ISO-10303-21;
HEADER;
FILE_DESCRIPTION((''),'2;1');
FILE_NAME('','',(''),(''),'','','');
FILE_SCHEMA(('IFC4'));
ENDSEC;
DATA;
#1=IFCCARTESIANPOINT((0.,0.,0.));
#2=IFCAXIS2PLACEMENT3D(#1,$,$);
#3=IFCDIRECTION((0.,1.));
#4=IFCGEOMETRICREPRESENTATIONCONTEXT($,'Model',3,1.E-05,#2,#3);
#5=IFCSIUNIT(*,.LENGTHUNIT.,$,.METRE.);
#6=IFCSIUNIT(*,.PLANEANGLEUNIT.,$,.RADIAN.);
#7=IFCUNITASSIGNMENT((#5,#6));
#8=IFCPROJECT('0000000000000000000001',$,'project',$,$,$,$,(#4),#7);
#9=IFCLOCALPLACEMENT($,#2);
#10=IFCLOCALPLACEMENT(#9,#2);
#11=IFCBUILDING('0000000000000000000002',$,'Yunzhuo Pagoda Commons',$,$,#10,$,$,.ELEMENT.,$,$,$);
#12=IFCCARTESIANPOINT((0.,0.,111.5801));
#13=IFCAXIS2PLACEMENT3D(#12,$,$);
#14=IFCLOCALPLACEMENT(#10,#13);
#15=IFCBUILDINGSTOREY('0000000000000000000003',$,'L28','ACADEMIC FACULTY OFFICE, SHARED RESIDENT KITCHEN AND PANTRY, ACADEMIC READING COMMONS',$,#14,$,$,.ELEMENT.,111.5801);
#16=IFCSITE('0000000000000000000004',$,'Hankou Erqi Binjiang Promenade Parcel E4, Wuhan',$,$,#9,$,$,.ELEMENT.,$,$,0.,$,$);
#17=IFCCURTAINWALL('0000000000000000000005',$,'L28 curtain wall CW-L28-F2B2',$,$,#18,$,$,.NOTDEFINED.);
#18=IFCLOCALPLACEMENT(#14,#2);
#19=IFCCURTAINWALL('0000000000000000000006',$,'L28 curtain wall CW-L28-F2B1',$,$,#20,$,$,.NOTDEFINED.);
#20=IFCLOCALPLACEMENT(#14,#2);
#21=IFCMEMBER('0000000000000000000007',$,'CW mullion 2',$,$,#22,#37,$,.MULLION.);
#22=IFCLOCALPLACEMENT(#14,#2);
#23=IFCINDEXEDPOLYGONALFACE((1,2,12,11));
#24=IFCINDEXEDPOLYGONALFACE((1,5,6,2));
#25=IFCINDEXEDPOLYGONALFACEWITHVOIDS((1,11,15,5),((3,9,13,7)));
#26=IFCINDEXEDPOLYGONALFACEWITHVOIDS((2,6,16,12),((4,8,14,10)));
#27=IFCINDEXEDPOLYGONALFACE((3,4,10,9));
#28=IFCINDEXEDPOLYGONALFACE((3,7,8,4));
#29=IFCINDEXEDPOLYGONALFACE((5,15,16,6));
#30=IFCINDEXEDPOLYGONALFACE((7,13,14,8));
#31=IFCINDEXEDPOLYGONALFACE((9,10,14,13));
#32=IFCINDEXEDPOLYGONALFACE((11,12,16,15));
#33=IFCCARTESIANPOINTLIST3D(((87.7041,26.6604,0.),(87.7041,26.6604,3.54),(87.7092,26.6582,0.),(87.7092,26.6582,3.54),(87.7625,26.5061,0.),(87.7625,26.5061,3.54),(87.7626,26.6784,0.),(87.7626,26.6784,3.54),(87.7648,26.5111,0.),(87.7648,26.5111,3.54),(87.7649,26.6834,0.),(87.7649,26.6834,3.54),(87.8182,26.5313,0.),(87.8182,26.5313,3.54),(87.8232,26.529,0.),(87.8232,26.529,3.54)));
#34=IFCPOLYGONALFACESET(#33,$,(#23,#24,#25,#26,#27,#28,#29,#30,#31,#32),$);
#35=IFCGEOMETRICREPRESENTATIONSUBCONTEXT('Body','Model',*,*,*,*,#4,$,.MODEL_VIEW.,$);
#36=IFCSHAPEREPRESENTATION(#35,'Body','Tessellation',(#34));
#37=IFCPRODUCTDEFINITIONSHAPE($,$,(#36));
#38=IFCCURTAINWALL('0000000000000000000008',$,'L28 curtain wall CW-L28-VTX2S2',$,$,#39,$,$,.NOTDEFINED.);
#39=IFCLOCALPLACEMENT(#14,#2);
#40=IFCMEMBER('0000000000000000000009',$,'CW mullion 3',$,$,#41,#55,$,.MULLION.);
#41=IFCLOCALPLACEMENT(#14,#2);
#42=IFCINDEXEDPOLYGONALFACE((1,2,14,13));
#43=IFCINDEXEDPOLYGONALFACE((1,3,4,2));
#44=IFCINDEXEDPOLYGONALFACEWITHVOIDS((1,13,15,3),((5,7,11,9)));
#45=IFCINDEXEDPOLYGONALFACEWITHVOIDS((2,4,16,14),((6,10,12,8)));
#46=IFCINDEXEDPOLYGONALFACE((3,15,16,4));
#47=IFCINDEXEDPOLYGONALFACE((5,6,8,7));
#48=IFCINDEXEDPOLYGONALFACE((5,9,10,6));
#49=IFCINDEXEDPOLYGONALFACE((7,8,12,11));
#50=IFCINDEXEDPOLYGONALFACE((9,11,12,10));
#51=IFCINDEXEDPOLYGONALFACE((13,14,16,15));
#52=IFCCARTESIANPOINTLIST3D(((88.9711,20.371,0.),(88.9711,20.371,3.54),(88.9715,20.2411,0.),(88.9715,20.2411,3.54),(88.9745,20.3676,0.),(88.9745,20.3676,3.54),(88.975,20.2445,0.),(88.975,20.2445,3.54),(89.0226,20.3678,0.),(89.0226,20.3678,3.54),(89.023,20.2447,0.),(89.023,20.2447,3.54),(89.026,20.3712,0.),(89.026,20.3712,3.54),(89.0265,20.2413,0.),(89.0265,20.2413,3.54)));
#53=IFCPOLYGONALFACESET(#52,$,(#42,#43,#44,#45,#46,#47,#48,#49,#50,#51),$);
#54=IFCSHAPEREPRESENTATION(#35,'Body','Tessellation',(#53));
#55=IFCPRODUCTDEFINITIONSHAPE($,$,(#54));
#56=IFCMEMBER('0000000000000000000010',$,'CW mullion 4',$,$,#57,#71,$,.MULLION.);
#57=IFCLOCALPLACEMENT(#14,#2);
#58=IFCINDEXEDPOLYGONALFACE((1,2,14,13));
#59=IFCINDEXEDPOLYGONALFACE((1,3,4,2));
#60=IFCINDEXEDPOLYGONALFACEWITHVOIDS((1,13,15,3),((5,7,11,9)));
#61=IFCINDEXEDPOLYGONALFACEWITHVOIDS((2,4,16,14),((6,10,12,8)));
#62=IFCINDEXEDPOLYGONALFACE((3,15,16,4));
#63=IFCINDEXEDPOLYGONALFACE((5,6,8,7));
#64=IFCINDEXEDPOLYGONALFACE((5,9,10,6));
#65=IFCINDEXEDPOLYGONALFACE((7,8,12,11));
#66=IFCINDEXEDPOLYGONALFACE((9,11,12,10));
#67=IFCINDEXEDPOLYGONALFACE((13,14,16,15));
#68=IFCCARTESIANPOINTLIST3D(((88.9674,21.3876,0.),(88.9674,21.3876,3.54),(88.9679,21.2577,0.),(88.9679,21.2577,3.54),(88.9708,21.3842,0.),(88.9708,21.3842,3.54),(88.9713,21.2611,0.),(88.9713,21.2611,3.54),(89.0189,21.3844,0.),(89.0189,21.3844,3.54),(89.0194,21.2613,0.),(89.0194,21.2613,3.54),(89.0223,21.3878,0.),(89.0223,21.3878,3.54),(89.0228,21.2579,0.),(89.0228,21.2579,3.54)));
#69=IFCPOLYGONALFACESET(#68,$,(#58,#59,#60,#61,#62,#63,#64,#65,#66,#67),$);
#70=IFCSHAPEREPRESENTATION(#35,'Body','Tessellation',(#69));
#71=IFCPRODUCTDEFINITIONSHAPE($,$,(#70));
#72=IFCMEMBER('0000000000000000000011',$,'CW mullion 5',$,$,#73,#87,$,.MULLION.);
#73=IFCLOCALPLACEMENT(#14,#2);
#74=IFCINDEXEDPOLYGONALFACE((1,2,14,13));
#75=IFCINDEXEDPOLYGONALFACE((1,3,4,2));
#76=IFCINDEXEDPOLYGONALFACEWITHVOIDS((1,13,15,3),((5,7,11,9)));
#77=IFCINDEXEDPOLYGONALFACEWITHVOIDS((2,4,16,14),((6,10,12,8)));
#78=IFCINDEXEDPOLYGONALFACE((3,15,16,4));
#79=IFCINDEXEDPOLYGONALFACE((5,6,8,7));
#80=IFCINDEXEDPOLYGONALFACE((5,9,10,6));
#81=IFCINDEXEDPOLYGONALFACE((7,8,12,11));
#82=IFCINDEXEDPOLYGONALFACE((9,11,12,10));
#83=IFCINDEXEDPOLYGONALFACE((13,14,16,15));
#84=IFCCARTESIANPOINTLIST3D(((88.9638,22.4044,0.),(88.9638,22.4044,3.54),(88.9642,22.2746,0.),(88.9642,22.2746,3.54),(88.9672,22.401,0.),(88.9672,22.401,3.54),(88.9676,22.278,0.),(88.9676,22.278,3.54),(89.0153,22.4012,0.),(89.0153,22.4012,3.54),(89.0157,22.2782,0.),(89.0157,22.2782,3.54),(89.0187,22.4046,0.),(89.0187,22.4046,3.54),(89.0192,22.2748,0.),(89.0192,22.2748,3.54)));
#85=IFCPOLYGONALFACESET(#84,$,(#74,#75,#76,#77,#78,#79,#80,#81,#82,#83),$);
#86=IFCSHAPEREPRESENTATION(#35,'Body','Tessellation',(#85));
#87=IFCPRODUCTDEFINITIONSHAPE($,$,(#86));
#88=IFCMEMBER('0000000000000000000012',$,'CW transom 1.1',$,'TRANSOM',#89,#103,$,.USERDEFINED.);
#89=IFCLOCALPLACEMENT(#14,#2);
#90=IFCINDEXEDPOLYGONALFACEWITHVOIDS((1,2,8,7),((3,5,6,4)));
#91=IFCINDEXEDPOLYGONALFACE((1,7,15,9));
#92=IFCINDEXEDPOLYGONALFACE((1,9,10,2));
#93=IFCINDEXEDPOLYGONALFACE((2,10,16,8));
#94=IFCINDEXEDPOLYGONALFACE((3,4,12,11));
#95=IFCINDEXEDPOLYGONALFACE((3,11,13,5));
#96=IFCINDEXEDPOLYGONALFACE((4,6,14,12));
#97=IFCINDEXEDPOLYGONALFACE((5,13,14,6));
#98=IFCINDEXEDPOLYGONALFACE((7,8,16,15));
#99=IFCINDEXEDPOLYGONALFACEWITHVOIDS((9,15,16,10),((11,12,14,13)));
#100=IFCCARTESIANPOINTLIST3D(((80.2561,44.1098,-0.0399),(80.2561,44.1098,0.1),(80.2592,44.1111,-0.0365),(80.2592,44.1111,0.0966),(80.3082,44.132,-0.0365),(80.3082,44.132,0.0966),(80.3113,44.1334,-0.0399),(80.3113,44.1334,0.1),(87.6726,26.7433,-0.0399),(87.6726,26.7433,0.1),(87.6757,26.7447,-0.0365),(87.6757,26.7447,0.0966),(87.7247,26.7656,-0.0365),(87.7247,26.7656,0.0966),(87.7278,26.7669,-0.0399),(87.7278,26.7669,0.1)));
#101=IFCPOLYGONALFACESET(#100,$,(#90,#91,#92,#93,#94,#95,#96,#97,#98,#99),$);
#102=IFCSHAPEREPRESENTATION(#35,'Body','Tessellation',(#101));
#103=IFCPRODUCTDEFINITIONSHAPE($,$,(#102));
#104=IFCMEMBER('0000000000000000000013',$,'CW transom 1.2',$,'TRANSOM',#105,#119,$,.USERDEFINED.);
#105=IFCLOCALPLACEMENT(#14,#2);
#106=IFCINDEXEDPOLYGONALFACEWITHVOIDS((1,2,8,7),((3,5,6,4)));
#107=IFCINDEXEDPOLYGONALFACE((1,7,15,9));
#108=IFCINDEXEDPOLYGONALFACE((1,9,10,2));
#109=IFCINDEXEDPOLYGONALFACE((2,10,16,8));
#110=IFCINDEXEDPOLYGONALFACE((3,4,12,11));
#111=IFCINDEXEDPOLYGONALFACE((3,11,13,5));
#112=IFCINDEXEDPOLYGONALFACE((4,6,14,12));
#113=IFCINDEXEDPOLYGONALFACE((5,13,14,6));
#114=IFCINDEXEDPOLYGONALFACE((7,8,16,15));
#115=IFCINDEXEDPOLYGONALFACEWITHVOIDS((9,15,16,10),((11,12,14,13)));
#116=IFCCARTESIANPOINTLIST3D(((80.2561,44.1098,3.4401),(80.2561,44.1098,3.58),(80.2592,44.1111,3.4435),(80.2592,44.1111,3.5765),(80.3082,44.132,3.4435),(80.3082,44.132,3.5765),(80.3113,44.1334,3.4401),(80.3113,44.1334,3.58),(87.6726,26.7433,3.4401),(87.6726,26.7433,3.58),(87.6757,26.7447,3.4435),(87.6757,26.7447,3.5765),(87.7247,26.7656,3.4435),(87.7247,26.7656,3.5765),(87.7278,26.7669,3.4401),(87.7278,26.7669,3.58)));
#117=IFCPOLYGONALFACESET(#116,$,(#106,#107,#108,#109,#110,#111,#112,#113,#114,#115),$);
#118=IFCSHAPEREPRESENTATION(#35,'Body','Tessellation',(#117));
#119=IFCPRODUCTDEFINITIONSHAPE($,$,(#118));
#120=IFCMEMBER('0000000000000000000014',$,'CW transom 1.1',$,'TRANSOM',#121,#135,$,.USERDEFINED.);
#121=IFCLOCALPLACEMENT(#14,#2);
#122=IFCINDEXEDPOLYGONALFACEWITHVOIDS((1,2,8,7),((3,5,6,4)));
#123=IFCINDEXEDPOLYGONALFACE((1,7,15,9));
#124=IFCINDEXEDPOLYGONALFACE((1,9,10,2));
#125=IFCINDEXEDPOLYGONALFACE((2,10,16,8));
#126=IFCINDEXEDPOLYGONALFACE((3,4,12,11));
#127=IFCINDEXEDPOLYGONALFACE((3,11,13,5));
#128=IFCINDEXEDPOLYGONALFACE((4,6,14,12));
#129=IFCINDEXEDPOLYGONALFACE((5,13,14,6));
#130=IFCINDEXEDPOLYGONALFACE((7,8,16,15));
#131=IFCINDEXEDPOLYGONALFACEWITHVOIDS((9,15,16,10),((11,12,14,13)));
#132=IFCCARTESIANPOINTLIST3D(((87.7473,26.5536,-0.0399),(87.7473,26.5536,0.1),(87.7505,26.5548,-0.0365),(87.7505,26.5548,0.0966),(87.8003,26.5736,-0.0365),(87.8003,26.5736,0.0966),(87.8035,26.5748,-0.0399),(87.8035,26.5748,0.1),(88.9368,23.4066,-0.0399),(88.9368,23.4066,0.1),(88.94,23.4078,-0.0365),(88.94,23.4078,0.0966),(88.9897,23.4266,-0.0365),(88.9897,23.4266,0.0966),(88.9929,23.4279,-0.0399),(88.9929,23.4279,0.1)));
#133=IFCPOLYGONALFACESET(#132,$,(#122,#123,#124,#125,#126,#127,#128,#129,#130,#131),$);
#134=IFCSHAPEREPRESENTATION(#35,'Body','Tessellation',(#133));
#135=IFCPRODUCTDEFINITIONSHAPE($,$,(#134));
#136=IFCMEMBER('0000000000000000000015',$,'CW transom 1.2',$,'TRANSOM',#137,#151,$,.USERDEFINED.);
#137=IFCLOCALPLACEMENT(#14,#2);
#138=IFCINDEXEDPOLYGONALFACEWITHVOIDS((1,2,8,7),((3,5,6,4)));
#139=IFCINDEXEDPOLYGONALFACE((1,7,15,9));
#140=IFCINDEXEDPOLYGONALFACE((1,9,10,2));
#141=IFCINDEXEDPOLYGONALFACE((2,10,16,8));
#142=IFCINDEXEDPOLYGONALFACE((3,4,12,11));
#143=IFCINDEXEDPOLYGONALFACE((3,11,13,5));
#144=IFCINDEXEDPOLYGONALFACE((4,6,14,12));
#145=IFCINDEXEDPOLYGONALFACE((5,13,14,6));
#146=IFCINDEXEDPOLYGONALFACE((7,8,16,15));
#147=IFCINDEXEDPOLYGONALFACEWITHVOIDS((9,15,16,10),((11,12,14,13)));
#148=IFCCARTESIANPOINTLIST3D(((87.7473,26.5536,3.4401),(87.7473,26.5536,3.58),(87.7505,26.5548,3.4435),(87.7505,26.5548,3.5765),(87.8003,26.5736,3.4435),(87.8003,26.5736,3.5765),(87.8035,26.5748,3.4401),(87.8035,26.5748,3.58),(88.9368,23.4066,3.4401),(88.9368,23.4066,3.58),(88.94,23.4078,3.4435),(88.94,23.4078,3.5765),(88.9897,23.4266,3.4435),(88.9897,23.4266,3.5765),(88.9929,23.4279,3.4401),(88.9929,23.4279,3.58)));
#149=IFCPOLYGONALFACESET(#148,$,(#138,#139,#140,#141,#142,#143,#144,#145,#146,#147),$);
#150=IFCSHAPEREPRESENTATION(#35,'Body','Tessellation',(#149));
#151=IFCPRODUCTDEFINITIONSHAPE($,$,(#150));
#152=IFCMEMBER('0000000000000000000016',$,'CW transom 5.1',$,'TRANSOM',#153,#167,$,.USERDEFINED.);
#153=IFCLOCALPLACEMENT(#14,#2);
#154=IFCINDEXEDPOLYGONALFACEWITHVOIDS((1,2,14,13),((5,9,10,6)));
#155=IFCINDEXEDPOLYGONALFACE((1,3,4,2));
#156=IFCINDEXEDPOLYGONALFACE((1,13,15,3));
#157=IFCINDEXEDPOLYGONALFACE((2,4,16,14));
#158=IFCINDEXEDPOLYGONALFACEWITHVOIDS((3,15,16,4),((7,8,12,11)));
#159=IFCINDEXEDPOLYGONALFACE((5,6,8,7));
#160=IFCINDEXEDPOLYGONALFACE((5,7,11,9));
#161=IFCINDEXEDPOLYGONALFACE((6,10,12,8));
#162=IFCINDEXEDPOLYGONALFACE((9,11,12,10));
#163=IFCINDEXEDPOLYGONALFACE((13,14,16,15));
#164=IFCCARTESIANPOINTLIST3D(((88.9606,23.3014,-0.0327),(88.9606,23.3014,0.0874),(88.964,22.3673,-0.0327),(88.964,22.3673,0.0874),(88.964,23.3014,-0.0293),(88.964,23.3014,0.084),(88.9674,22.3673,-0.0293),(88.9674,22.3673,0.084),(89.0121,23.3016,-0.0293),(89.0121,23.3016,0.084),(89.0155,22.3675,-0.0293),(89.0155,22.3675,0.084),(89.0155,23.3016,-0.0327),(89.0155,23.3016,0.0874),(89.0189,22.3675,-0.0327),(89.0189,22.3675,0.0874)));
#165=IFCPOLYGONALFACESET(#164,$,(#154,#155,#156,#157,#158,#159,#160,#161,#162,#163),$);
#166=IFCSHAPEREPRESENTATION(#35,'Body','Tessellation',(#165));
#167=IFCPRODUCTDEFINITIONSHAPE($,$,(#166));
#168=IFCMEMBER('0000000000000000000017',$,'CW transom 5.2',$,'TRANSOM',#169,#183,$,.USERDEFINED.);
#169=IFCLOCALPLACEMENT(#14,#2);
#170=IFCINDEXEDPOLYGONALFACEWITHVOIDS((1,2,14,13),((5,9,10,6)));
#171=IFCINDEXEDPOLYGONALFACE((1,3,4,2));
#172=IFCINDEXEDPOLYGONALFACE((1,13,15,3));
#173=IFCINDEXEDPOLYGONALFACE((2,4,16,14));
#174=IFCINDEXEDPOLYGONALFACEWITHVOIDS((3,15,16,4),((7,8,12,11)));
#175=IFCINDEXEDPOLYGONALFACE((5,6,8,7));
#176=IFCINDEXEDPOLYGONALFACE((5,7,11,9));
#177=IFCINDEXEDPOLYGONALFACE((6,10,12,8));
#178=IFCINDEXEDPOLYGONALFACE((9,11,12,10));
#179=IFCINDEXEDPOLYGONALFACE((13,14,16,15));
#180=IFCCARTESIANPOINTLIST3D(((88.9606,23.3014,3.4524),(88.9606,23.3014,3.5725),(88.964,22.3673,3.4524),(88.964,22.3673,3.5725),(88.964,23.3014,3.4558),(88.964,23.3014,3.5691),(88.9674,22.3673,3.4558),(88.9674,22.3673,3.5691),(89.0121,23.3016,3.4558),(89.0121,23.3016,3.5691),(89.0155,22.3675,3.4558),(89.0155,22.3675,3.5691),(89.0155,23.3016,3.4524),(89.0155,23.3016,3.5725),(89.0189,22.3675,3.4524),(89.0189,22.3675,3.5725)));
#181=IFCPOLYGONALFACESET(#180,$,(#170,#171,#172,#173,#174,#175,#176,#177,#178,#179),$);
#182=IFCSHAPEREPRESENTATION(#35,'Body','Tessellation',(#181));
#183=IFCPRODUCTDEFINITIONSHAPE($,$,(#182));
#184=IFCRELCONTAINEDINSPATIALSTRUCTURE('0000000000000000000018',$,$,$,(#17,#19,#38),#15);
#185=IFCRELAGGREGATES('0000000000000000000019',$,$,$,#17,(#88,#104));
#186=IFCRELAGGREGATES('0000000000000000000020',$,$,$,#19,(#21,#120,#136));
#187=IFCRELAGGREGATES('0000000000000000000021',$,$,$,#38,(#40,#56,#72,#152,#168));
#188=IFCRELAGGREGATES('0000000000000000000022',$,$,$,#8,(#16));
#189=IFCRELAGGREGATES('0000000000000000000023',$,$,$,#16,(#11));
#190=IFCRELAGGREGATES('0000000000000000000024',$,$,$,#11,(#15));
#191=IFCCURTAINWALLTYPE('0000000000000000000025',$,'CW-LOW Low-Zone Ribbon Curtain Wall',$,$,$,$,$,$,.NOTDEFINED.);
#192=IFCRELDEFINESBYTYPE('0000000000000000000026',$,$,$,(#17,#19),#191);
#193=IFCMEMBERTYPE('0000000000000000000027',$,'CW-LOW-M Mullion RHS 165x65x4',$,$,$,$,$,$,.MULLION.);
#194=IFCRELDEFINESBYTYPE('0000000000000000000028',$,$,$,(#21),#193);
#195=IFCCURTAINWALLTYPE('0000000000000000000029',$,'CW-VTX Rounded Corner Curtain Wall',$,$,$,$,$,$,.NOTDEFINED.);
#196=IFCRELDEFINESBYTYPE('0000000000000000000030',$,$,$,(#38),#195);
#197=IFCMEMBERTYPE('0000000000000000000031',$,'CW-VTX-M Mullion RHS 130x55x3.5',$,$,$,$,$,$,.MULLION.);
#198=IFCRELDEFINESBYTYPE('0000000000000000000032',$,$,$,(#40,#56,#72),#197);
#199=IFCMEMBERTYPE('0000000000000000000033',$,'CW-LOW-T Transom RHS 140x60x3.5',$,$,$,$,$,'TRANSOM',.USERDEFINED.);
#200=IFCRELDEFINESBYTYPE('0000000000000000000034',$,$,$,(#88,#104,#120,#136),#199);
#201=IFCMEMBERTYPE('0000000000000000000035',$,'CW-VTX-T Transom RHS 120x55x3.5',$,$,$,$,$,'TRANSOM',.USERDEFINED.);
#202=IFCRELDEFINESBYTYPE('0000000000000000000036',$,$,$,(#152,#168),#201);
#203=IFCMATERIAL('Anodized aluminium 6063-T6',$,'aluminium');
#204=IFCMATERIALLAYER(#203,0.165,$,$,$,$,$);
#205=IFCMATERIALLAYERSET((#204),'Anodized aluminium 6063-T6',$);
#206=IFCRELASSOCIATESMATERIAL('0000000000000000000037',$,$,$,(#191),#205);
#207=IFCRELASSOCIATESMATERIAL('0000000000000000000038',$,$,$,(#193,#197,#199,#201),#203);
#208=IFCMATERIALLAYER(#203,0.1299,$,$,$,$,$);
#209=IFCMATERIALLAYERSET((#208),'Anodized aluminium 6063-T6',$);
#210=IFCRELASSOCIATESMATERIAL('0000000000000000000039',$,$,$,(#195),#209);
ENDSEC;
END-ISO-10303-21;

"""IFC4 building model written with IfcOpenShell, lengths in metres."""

from ifc_helpers import new_model, si_unit, direction, frame, origin, origin_2d, place, context, subcontext, project, spatial, hollow_rectangle, extrude, source, transform, mapped, material, layer, layer_set, material_profile, profile_set, type_object, element, aggregate, save


model = new_model("IFC4")

# Units and contexts
model_context = context("Model", 3, precision=1e-05, world=origin(), true_north=direction((0.0, 1.0)))
body_context = subcontext(model_context, "Body", "Model", "MODEL_VIEW")
ifc_project = project(units=[si_unit("LENGTHUNIT", "METRE"), si_unit("PLANEANGLEUNIT", "RADIAN")], contexts=[model_context])

# Site, building, storey
site_placement = place(None, origin())
site = spatial("IfcSite", under=ifc_project, at=site_placement, Name="Hankou Erqi Binjiang Promenade Parcel E4, Wuhan", CompositionType="ELEMENT", RefElevation=0.0)
building_placement = place(site_placement, origin())
building = spatial("IfcBuilding", under=site, at=building_placement, Name="Yunzhuo Pagoda Commons", CompositionType="ELEMENT")
storey_placement = place(building_placement, frame((0.0, 0.0, 111.5801)))
storey = spatial("IfcBuildingStorey", under=building, at=storey_placement, Name="L28", Description="ACADEMIC FACULTY OFFICE, SHARED RESIDENT KITCHEN AND PANTRY, ACADEMIC READING COMMONS", CompositionType="ELEMENT", Elevation=111.5801)

# Curtain wall
ifc_material_1 = material(Name="Anodized aluminium 6063-T6", Category="aluminium")
ifc_layer_1 = layer(ifc_material_1, 0.165)
ifc_layer_set_1 = layer_set([ifc_layer_1], Name="Anodized aluminium 6063-T6")
curtain_wall_type_1 = type_object("IfcCurtainWallType", Name="CW-LOW Low-Zone Ribbon Curtain Wall", PredefinedType="NOTDEFINED", material=ifc_layer_set_1)
curtain_wall_1_placement = place(storey_placement, origin())
curtain_wall_1 = element("IfcCurtainWall", 1, at=curtain_wall_1_placement, inside=storey, type_object=curtain_wall_type_1, Name="L28 curtain wall CW-L28-F2B2", PredefinedType="NOTDEFINED")
ifc_material_profile_1 = material_profile(ifc_material_1, hollow_rectangle(XDim=0.0649, YDim=0.165, WallThickness=0.0039, at=origin_2d()), Name="Anodized aluminium 6063-T6")
ifc_profile_set_1 = profile_set([ifc_material_profile_1], Name="Anodized aluminium 6063-T6")
member_type_1 = type_object("IfcMemberType", Name="CW-LOW-M Mullion RHS 165x65x4", PredefinedType="MULLION", material=ifc_profile_set_1)
shared_shape_1 = source(origin(), body_context, "Body", "SweptSolid", [
    extrude(hollow_rectangle(XDim=0.0649, YDim=0.165, WallThickness=0.0039, at=origin_2d()), origin(), (0.0, 0.0, 1.0), 3.54),
])

# Curtain walls, members
curtain_wall_2_placement = place(storey_placement, origin())
curtain_wall_2 = element("IfcCurtainWall", 2, at=curtain_wall_2_placement, inside=storey, type_object=curtain_wall_type_1, Name="L28 curtain wall CW-L28-F2B1", PredefinedType="NOTDEFINED")
member_1_placement = place(storey_placement, frame((87.7637, 26.5947, 0.0), z_axis=(0.0, 0.0, 1.0), x_axis=(-0.935397, -0.3536, 0.0)))
member_1 = element("IfcMember", 3, at=member_1_placement, type_object=member_type_1, Name="CW mullion 2", PredefinedType="MULLION", context=body_context, shape_type="MappedRepresentation", body=[
    mapped(shared_shape_1, transform((0.0, 0.0, 0.0), scale=1.0)),
])
ifc_layer_2 = layer(ifc_material_1, 0.1299)
ifc_layer_set_2 = layer_set([ifc_layer_2], Name="Anodized aluminium 6063-T6")
curtain_wall_type_2 = type_object("IfcCurtainWallType", Name="CW-VTX Rounded Corner Curtain Wall", PredefinedType="NOTDEFINED", material=ifc_layer_set_2)
curtain_wall_3_placement = place(storey_placement, origin())
curtain_wall_3 = element("IfcCurtainWall", 4, at=curtain_wall_3_placement, inside=storey, type_object=curtain_wall_type_2, Name="L28 curtain wall CW-L28-VTX2S2", PredefinedType="NOTDEFINED")
ifc_material_profile_2 = material_profile(ifc_material_1, hollow_rectangle(XDim=0.0549, YDim=0.1299, WallThickness=0.0034, at=origin_2d()), Name="Anodized aluminium 6063-T6")
ifc_profile_set_2 = profile_set([ifc_material_profile_2], Name="Anodized aluminium 6063-T6")
member_type_2 = type_object("IfcMemberType", Name="CW-VTX-M Mullion RHS 130x55x3.5", PredefinedType="MULLION", material=ifc_profile_set_2)
shared_shape_2 = source(origin(), body_context, "Body", "SweptSolid", [
    extrude(hollow_rectangle(XDim=0.0549, YDim=0.1299, WallThickness=0.0034, at=origin_2d()), origin(), (0.0, 0.0, 1.0), 3.54),
])
member_2_placement = place(storey_placement, frame((88.9988, 20.3062, 0.0), z_axis=(0.0, 0.0, 1.0), x_axis=(-0.999994, -0.003599, 0.0)))
member_2 = element("IfcMember", 5, at=member_2_placement, type_object=member_type_2, Name="CW mullion 3", PredefinedType="MULLION", context=body_context, shape_type="MappedRepresentation", body=[
    mapped(shared_shape_2, transform((0.0, 0.0, 0.0), scale=1.0)),
])
member_3_placement = place(storey_placement, frame((88.9951, 21.3228, 0.0), z_axis=(0.0, 0.0, 1.0), x_axis=(-0.999994, -0.003599, 0.0)))
member_3 = element("IfcMember", 6, at=member_3_placement, type_object=member_type_2, Name="CW mullion 4", PredefinedType="MULLION", context=body_context, shape_type="MappedRepresentation", body=[
    mapped(shared_shape_2, transform((0.0, 0.0, 0.0), scale=1.0)),
])
member_4_placement = place(storey_placement, frame((88.9915, 22.3396, 0.0), z_axis=(0.0, 0.0, 1.0), x_axis=(-0.999994, -0.003599, 0.0)))
member_4 = element("IfcMember", 7, at=member_4_placement, type_object=member_type_2, Name="CW mullion 5", PredefinedType="MULLION", context=body_context, shape_type="MappedRepresentation", body=[
    mapped(shared_shape_2, transform((0.0, 0.0, 0.0), scale=1.0)),
])

# Members
ifc_material_profile_3 = material_profile(ifc_material_1, hollow_rectangle(XDim=0.0601, YDim=0.1399, WallThickness=0.0034, at=origin_2d()), Name="Anodized aluminium 6063-T6")
ifc_profile_set_3 = profile_set([ifc_material_profile_3], Name="Anodized aluminium 6063-T6")
member_type_3 = type_object("IfcMemberType", Name="CW-LOW-T Transom RHS 140x60x3.5", ElementType="TRANSOM", PredefinedType="USERDEFINED", material=ifc_profile_set_3)
shared_shape_3 = source(origin(), body_context, "Body", "SweptSolid", [
    extrude(hollow_rectangle(XDim=0.0601, YDim=0.1399, WallThickness=0.0034, at=origin_2d()), origin(), (0.0, 0.0, 1.0), 18.8838),
])
member_5_placement = place(storey_placement, frame((87.7002, 26.7551, 0.03), z_axis=(-0.392744, 0.919648, 0.0), x_axis=(-0.919648, -0.392744, 0.0)))
member_5 = element("IfcMember", 8, at=member_5_placement, type_object=member_type_3, Name="CW transom 1.1", ObjectType="TRANSOM", PredefinedType="USERDEFINED", context=body_context, shape_type="MappedRepresentation", body=[
    mapped(shared_shape_3, transform((0.0, 0.0, 0.0), scale=1.0)),
])
member_6_placement = place(storey_placement, frame((87.7002, 26.7551, 3.51), z_axis=(-0.392744, 0.919648, 0.0), x_axis=(-0.919648, -0.392744, 0.0)))
member_6 = element("IfcMember", 9, at=member_6_placement, type_object=member_type_3, Name="CW transom 1.2", ObjectType="TRANSOM", PredefinedType="USERDEFINED", context=body_context, shape_type="MappedRepresentation", body=[
    mapped(shared_shape_3, transform((0.0, 0.0, 0.0), scale=1.0)),
])
shared_shape_4 = source(origin(), body_context, "Body", "SweptSolid", [
    extrude(hollow_rectangle(XDim=0.0601, YDim=0.1399, WallThickness=0.0034, at=origin_2d()), origin(), (0.0, 0.0, 1.0), 3.3643),
])
member_7_placement = place(storey_placement, frame((88.9648, 23.4172, 0.03), z_axis=(-0.353556, 0.935413, 0.0), x_axis=(-0.935413, -0.353556, 0.0)))
member_7 = element("IfcMember", 10, at=member_7_placement, type_object=member_type_3, Name="CW transom 1.1", ObjectType="TRANSOM", PredefinedType="USERDEFINED", context=body_context, shape_type="MappedRepresentation", body=[
    mapped(shared_shape_4, transform((0.0, 0.0, 0.0), scale=1.0)),
])
member_8_placement = place(storey_placement, frame((88.9648, 23.4172, 3.51), z_axis=(-0.353556, 0.935413, 0.0), x_axis=(-0.935413, -0.353556, 0.0)))
member_8 = element("IfcMember", 11, at=member_8_placement, type_object=member_type_3, Name="CW transom 1.2", ObjectType="TRANSOM", PredefinedType="USERDEFINED", context=body_context, shape_type="MappedRepresentation", body=[
    mapped(shared_shape_4, transform((0.0, 0.0, 0.0), scale=1.0)),
])
ifc_material_profile_4 = material_profile(ifc_material_1, hollow_rectangle(XDim=0.0549, YDim=0.1201, WallThickness=0.0034, at=origin_2d()), Name="Anodized aluminium 6063-T6")
ifc_profile_set_4 = profile_set([ifc_material_profile_4], Name="Anodized aluminium 6063-T6")
member_type_4 = type_object("IfcMemberType", Name="CW-VTX-T Transom RHS 120x55x3.5", ElementType="TRANSOM", PredefinedType="USERDEFINED", material=ifc_profile_set_4)
shared_shape_5 = source(origin(), body_context, "Body", "SweptSolid", [
    extrude(hollow_rectangle(XDim=0.0549, YDim=0.1201, WallThickness=0.0034, at=origin_2d()), origin(), (0.0, 0.0, 1.0), 0.9341),
])
member_9_placement = place(storey_placement, frame((88.9915, 22.3674, 0.0273), z_axis=(-0.003659, 0.999993, 0.0), x_axis=(-0.999993, -0.003659, 0.0)))
member_9 = element("IfcMember", 12, at=member_9_placement, type_object=member_type_4, Name="CW transom 5.1", ObjectType="TRANSOM", PredefinedType="USERDEFINED", context=body_context, shape_type="MappedRepresentation", body=[
    mapped(shared_shape_5, transform((0.0, 0.0, 0.0), scale=1.0)),
])
member_10_placement = place(storey_placement, frame((88.9915, 22.3674, 3.5125), z_axis=(-0.003659, 0.999993, 0.0), x_axis=(-0.999993, -0.003659, 0.0)))
member_10 = element("IfcMember", 13, at=member_10_placement, type_object=member_type_4, Name="CW transom 5.2", ObjectType="TRANSOM", PredefinedType="USERDEFINED", context=body_context, shape_type="MappedRepresentation", body=[
    mapped(shared_shape_5, transform((0.0, 0.0, 0.0), scale=1.0)),
])

aggregate(curtain_wall_1, [member_5, member_6])
aggregate(curtain_wall_2, [member_1, member_7, member_8])
aggregate(curtain_wall_3, [member_2, member_3, member_4, member_9, member_10])

save(model, "model.ifc")
